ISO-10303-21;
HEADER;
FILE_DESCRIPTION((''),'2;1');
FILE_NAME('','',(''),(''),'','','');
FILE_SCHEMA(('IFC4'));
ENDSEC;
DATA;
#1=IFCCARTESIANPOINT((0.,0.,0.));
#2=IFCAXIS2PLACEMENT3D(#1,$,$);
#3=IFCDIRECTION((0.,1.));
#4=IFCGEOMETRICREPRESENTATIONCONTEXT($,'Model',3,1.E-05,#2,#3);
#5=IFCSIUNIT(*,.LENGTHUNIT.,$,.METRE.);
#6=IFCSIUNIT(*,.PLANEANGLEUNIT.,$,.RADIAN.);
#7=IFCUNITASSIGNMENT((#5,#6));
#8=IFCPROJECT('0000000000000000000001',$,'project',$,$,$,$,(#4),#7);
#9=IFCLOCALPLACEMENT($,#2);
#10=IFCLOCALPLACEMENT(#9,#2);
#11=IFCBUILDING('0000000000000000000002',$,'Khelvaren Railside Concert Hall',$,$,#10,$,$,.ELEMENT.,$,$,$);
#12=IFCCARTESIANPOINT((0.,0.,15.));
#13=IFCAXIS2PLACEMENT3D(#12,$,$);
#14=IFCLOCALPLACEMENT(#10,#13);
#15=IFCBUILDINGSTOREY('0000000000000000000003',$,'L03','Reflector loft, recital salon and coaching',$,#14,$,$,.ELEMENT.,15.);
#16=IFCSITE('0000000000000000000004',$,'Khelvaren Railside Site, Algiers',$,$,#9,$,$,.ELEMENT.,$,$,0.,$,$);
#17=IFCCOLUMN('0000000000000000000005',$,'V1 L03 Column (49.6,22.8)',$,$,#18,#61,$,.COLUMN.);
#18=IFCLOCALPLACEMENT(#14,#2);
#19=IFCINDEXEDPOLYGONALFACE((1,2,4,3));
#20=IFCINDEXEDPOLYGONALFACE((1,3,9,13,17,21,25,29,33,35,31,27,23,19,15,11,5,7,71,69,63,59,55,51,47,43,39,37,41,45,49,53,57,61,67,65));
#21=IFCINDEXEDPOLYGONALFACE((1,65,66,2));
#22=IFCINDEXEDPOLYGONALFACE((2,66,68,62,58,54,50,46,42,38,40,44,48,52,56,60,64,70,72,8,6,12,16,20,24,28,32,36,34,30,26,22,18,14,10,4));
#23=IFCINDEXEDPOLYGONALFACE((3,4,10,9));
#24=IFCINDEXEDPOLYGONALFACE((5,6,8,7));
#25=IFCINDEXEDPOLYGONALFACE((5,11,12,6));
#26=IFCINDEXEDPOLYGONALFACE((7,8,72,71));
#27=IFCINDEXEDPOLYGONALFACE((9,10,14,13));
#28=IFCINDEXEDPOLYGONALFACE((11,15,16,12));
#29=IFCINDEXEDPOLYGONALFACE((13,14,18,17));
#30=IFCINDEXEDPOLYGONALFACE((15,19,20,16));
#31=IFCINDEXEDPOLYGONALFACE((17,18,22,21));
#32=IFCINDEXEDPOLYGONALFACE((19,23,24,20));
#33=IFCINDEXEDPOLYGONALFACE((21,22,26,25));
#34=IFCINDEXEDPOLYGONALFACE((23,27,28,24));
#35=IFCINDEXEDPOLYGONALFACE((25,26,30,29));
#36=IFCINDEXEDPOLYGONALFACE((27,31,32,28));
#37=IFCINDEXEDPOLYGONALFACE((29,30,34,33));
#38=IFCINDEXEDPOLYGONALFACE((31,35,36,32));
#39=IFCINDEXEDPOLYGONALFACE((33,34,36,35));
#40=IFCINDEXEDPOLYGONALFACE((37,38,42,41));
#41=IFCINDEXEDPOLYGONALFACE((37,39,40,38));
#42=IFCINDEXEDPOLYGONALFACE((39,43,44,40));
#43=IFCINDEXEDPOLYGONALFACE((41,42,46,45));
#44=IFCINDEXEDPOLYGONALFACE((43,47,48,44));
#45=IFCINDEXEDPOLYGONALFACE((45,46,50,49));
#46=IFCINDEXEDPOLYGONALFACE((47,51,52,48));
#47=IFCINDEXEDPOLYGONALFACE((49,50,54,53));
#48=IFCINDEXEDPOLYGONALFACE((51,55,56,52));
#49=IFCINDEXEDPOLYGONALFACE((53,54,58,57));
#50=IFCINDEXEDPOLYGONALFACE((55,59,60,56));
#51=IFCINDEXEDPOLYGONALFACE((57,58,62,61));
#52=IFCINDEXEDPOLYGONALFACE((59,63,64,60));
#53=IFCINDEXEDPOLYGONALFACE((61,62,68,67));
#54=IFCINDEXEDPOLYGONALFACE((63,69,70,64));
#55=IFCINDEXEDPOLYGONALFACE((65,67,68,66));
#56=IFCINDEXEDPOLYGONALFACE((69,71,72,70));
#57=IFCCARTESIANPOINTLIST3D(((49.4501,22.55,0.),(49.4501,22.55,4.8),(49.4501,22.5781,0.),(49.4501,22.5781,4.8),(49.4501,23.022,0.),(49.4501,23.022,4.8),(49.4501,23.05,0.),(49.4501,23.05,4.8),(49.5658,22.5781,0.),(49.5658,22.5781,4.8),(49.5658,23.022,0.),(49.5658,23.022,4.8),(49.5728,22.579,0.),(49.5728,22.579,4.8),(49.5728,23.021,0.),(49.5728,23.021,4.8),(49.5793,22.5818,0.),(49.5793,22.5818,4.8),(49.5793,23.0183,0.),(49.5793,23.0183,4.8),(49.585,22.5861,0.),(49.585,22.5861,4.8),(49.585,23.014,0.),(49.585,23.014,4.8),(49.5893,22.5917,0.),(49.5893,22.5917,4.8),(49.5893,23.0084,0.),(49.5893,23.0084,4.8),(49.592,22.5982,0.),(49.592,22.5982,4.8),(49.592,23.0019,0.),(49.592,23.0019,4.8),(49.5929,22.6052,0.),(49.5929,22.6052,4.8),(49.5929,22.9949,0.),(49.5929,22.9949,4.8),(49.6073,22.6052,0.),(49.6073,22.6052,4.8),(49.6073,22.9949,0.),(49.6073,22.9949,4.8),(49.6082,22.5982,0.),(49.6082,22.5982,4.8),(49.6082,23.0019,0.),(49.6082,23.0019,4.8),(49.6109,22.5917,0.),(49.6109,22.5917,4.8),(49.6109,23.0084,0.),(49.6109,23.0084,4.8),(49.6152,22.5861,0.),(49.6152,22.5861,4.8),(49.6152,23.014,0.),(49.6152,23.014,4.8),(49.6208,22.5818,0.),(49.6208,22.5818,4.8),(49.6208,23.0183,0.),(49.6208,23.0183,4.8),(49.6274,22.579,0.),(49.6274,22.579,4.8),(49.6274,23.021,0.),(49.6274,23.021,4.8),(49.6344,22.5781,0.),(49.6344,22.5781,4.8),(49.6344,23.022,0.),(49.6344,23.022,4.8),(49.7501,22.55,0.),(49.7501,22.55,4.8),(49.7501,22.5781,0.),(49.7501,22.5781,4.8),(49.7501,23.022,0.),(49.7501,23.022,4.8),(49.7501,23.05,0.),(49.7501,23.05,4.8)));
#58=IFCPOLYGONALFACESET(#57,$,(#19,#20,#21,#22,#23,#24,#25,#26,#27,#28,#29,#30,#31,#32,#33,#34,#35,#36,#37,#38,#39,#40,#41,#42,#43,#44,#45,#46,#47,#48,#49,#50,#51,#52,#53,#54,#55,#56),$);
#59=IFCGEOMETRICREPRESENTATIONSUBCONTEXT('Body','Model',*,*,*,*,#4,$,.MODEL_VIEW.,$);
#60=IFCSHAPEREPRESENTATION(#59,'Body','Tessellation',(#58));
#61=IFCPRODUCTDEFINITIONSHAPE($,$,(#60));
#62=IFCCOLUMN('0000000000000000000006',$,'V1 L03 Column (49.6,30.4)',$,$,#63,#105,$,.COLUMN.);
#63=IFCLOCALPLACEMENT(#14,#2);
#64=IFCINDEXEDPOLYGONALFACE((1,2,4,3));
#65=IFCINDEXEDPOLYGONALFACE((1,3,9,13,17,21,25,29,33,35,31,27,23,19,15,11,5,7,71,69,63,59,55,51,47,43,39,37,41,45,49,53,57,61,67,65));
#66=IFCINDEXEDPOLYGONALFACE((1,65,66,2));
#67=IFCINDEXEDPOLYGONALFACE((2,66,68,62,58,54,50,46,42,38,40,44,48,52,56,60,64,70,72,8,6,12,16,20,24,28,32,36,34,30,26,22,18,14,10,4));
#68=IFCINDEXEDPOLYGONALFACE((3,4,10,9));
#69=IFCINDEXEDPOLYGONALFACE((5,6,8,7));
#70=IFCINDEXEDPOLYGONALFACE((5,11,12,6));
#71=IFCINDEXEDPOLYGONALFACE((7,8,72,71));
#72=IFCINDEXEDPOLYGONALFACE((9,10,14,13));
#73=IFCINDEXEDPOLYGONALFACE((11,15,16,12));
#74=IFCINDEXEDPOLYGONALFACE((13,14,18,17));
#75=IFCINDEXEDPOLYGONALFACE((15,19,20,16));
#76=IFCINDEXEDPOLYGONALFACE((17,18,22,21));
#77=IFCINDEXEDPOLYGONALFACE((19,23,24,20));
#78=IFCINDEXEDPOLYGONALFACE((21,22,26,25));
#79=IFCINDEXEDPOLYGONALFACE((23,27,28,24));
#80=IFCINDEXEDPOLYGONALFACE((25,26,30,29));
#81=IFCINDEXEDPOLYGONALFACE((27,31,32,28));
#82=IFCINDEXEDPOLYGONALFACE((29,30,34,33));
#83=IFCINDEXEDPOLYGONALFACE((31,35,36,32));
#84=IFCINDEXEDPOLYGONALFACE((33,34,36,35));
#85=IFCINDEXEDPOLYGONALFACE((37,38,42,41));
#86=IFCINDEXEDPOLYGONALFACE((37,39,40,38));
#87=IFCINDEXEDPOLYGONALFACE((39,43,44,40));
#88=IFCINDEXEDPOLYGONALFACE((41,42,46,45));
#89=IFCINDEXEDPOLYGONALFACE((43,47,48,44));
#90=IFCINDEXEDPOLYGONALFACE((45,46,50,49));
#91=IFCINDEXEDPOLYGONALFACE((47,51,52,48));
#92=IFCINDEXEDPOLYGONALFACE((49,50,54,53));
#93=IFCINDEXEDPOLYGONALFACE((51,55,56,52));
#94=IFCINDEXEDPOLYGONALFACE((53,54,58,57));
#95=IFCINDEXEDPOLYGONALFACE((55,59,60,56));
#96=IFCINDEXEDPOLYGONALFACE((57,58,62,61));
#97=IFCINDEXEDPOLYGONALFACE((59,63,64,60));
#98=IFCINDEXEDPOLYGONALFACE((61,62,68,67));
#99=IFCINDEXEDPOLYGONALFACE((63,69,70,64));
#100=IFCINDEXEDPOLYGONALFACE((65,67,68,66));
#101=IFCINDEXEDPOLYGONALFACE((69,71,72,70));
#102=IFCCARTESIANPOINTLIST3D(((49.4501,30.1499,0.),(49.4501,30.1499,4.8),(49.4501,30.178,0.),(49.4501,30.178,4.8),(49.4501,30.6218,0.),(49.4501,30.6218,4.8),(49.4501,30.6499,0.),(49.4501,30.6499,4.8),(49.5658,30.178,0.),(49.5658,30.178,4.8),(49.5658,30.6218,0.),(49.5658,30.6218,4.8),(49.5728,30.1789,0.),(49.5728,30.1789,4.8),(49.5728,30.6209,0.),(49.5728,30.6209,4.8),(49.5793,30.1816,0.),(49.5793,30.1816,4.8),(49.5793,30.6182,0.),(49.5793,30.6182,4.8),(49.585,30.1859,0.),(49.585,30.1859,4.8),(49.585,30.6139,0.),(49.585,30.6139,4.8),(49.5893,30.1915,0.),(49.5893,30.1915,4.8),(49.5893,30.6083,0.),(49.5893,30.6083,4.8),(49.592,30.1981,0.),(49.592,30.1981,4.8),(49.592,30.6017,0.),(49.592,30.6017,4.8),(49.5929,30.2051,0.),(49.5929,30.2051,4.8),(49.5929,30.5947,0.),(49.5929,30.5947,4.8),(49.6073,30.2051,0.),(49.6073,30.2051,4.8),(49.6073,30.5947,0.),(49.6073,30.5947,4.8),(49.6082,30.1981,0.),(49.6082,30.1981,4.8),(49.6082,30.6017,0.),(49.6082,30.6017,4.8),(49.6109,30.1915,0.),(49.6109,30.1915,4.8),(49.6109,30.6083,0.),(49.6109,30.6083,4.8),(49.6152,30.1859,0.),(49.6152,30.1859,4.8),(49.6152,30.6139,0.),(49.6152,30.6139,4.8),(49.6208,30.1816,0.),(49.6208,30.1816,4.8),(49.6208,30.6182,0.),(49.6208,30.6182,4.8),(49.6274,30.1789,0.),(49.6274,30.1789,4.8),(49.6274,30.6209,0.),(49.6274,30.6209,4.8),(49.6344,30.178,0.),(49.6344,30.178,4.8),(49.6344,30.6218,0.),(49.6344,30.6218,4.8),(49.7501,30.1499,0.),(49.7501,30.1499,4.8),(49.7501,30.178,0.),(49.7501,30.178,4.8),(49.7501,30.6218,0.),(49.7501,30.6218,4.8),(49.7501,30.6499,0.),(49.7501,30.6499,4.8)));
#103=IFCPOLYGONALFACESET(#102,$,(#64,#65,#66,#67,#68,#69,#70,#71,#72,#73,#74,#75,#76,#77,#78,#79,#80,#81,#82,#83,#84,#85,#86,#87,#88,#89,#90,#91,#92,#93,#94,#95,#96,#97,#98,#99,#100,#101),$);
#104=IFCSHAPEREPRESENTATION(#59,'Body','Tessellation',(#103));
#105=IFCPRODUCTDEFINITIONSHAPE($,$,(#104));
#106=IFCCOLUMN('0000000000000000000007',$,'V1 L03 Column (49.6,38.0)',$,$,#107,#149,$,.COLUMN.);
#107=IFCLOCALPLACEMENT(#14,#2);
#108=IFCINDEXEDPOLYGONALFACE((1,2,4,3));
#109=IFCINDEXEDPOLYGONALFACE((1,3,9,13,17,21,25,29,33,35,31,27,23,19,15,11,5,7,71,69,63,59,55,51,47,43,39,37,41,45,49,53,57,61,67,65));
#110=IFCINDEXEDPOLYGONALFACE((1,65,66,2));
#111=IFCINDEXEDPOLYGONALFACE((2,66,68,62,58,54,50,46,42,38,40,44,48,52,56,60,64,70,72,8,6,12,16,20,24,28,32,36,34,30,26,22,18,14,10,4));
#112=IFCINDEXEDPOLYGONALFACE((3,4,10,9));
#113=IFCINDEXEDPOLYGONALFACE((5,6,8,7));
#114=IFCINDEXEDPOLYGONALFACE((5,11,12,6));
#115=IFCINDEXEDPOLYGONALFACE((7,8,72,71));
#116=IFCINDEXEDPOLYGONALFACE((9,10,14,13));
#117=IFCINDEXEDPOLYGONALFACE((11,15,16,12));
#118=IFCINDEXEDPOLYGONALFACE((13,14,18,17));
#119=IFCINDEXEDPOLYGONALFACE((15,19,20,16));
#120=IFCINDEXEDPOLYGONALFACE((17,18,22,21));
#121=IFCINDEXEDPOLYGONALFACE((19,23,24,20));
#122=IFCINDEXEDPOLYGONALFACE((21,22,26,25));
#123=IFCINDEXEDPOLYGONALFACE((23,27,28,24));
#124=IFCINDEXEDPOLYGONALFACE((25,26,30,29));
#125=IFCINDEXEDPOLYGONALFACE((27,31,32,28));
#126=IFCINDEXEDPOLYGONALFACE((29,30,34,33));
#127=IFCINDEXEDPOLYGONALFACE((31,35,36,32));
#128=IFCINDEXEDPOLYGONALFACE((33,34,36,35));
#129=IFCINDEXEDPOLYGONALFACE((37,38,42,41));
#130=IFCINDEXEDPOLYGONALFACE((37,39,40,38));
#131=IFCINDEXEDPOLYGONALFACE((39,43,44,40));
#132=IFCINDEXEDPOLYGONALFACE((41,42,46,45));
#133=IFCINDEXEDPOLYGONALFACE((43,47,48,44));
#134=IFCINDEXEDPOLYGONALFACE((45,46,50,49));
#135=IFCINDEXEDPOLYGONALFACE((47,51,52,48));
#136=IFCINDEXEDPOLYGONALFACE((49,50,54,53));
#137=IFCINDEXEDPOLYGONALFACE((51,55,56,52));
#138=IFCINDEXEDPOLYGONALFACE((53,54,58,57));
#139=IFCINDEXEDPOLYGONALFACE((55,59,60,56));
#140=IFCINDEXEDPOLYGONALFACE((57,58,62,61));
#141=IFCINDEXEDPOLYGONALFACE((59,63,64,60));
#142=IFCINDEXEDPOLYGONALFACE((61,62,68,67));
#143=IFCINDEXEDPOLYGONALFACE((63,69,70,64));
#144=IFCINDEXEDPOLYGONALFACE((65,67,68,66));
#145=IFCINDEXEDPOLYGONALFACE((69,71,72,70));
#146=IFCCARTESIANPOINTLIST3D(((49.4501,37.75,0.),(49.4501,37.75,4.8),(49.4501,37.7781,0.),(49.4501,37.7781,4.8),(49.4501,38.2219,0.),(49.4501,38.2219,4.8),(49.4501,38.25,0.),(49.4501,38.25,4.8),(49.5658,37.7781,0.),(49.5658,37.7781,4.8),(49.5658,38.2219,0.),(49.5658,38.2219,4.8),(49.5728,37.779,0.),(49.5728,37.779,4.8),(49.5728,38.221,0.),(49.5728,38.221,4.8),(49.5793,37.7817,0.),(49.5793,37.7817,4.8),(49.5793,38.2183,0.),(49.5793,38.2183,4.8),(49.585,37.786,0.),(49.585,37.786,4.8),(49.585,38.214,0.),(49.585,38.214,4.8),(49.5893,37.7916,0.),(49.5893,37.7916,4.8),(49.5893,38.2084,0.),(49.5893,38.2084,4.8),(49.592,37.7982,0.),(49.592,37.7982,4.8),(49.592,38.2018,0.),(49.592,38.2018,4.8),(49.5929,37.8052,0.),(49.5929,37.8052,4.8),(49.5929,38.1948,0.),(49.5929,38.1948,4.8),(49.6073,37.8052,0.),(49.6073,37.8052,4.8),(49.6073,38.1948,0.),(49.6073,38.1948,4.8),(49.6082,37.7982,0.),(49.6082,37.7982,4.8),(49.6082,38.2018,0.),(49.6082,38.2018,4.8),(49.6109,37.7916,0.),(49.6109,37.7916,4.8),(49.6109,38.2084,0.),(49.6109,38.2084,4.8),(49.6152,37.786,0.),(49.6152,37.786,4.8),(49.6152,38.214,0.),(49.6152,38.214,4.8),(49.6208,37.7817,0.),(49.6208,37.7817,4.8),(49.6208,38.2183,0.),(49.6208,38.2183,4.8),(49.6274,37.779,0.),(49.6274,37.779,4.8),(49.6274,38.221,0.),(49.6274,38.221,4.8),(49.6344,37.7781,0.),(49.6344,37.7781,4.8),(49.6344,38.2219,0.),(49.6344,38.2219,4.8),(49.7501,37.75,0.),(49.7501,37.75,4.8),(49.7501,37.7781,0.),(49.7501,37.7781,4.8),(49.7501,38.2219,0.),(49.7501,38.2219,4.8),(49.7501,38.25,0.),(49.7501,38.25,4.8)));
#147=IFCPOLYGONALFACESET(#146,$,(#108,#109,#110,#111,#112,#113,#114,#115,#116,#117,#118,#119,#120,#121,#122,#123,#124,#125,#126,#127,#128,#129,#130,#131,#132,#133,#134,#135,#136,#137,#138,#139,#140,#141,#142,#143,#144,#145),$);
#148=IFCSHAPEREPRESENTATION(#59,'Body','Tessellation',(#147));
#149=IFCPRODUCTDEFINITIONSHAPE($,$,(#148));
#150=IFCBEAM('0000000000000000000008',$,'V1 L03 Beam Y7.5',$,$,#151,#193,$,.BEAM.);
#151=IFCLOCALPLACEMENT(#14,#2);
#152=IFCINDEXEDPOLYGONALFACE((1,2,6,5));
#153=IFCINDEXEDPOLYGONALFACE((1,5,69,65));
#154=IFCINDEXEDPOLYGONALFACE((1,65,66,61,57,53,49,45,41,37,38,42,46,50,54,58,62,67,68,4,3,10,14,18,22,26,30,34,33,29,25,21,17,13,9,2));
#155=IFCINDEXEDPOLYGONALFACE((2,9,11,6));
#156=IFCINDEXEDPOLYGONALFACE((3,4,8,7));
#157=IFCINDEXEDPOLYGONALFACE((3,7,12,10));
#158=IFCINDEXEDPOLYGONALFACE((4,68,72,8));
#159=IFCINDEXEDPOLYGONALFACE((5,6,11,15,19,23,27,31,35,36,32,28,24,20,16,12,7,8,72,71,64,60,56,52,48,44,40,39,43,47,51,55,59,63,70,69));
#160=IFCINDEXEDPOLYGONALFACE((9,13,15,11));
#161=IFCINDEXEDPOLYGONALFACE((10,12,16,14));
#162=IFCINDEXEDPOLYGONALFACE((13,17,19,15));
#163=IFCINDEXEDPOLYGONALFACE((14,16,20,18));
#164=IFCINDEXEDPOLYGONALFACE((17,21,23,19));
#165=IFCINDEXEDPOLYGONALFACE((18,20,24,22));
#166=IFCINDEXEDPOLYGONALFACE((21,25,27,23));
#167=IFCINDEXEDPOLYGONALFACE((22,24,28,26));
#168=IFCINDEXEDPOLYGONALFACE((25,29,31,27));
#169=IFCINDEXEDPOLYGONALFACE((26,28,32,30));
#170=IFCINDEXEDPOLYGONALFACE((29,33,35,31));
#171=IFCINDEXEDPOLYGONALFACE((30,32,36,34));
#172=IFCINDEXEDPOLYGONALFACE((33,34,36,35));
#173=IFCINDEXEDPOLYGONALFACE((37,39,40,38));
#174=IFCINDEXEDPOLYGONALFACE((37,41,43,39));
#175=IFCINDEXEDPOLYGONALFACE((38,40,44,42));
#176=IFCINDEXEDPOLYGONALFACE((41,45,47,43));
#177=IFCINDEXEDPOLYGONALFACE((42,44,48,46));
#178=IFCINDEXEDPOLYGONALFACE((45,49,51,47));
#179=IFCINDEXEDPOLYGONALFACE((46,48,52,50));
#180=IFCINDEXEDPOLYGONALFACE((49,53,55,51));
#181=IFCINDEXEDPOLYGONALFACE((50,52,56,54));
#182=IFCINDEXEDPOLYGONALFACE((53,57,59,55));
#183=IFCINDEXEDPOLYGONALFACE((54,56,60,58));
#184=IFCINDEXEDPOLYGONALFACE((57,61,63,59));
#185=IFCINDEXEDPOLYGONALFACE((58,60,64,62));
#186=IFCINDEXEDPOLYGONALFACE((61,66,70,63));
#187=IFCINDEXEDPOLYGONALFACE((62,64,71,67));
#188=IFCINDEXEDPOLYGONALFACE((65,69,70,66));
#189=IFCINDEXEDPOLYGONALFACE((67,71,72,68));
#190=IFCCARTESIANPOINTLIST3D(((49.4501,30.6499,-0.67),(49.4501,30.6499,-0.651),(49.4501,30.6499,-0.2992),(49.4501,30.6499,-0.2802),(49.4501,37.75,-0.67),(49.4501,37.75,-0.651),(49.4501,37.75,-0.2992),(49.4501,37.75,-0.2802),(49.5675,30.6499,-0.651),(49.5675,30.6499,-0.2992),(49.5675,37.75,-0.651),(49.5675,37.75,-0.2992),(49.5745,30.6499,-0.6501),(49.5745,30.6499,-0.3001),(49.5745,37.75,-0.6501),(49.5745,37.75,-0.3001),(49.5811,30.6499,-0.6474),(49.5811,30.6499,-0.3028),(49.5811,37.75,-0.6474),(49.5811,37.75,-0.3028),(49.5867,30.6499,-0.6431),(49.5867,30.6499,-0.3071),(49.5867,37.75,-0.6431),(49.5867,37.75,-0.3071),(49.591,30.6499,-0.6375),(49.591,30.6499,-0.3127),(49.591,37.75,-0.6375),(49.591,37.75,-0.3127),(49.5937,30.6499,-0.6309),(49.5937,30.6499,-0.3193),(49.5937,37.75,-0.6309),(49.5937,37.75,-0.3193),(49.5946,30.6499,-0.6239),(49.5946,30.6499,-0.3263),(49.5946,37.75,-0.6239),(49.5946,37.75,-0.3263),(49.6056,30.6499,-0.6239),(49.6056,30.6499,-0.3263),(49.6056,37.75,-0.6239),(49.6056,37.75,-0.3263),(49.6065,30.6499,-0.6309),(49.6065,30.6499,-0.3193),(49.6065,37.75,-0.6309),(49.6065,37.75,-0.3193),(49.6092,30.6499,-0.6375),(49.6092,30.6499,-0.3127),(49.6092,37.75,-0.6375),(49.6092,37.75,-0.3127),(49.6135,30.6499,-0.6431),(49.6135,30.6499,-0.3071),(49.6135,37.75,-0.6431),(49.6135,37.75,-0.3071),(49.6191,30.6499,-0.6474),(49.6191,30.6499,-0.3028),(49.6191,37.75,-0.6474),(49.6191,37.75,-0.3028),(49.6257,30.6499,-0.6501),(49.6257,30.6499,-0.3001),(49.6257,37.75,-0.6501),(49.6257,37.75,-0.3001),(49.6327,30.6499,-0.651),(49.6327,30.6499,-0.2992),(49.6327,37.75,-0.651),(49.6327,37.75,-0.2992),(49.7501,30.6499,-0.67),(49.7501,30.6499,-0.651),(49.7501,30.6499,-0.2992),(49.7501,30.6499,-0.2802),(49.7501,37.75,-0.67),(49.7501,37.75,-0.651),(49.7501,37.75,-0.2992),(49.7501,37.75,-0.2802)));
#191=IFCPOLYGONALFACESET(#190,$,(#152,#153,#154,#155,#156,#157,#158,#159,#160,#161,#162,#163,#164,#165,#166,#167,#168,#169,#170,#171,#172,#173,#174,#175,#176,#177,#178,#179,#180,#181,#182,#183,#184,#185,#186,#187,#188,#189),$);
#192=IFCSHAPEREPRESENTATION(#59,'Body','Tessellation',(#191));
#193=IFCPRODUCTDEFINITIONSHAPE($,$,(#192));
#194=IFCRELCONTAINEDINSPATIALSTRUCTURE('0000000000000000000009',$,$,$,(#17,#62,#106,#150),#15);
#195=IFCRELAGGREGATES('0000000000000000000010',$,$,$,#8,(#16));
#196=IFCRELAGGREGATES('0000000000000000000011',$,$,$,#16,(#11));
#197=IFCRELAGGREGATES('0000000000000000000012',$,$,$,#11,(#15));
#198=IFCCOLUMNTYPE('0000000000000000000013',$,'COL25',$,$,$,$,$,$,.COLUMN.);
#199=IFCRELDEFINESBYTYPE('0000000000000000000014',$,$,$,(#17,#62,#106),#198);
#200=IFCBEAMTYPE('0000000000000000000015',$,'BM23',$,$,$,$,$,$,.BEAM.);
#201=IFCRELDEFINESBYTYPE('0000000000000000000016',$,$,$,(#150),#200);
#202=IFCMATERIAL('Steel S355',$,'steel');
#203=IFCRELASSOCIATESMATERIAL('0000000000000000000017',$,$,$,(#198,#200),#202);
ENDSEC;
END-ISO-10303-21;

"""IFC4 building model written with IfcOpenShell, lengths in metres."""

from ifc_helpers import new_model, si_unit, direction, frame, origin, origin_2d, place, context, subcontext, project, spatial, i_section, extrude, material, material_profile, profile_set, type_object, element, save


model = new_model("IFC4")

# Units and contexts
model_context = context("Model", 3, precision=1e-05, world=origin(), true_north=direction((0.0, 1.0)))
body_context = subcontext(model_context, "Body", "Model", "MODEL_VIEW")
ifc_project = project(units=[si_unit("LENGTHUNIT", "METRE"), si_unit("PLANEANGLEUNIT", "RADIAN")], contexts=[model_context])

# Site, building, storey
site_placement = place(None, origin())
site = spatial("IfcSite", under=ifc_project, at=site_placement, Name="Khelvaren Railside Site, Algiers", CompositionType="ELEMENT", RefElevation=0.0)
building_placement = place(site_placement, origin())
building = spatial("IfcBuilding", under=site, at=building_placement, Name="Khelvaren Railside Concert Hall", CompositionType="ELEMENT")
storey_placement = place(building_placement, frame((0.0, 0.0, 15.0)))
storey = spatial("IfcBuildingStorey", under=building, at=storey_placement, Name="L03", Description="Reflector loft, recital salon and coaching", CompositionType="ELEMENT", Elevation=15.0)

# Columns
ifc_material_1 = material(Name="Steel S355", Category="steel")
ifc_material_profile_1 = material_profile(ifc_material_1, i_section(OverallWidth=0.3, OverallDepth=0.5, WebThickness=0.0144, FlangeThickness=0.0281, FilletRadius=0.0271, at=origin_2d()), Name="HEB 500")
ifc_profile_set_1 = profile_set([ifc_material_profile_1], Name="Steel S355")
column_type = type_object("IfcColumnType", Name="COL25", PredefinedType="COLUMN", material=ifc_profile_set_1)
for number, where, z_axis, x_axis, name in (
    (1, (49.6001, 22.8, 0.0), (0.0, 0.0, 1.0), (1.0, 0.0, 0.0), "V1 L03 Column (49.6,22.8)"),
    (2, (49.6001, 30.3999, 0.0), (0.0, 0.0, 1.0), (1.0, 0.0, 0.0), "V1 L03 Column (49.6,30.4)"),
    (3, (49.6001, 38.0, 0.0), (0.0, 0.0, 1.0), (1.0, 0.0, 0.0), "V1 L03 Column (49.6,38.0)"),
):
    element("IfcColumn", number, at=place(storey_placement, frame(where, z_axis=z_axis, x_axis=x_axis)), inside=storey, type_object=column_type, Name=name, PredefinedType="COLUMN", context=body_context, shape_type="SweptSolid", body=[
        extrude(i_section(OverallWidth=0.3, OverallDepth=0.5, WebThickness=0.0144, FlangeThickness=0.0281, FilletRadius=0.0271, at=origin_2d()), origin(), (0.0, 0.0, 1.0), 4.8),
    ])

# Beam
ifc_material_profile_2 = material_profile(ifc_material_1, i_section(OverallWidth=0.3, OverallDepth=0.3899, WebThickness=0.011, FlangeThickness=0.019, FilletRadius=0.0271, at=origin_2d()), Name="HEA 400")
ifc_profile_set_2 = profile_set([ifc_material_profile_2], Name="Steel S355")
beam_type_1 = type_object("IfcBeamType", Name="BM23", PredefinedType="BEAM", material=ifc_profile_set_2)
beam_1_placement = place(storey_placement, frame((49.6001, 30.6499, -0.4751), z_axis=(0.0, 1.0, 0.0), x_axis=(-1.0, 0.0, 0.0)))
element("IfcBeam", 4, at=beam_1_placement, inside=storey, type_object=beam_type_1, Name="V1 L03 Beam Y7.5", PredefinedType="BEAM", context=body_context, shape_type="SweptSolid", body=[
    extrude(i_section(OverallWidth=0.3, OverallDepth=0.3899, WebThickness=0.011, FlangeThickness=0.019, FilletRadius=0.0271, at=origin_2d()), origin(), (0.0, 0.0, 1.0), 7.1001),
])

save(model, "model.ifc")
